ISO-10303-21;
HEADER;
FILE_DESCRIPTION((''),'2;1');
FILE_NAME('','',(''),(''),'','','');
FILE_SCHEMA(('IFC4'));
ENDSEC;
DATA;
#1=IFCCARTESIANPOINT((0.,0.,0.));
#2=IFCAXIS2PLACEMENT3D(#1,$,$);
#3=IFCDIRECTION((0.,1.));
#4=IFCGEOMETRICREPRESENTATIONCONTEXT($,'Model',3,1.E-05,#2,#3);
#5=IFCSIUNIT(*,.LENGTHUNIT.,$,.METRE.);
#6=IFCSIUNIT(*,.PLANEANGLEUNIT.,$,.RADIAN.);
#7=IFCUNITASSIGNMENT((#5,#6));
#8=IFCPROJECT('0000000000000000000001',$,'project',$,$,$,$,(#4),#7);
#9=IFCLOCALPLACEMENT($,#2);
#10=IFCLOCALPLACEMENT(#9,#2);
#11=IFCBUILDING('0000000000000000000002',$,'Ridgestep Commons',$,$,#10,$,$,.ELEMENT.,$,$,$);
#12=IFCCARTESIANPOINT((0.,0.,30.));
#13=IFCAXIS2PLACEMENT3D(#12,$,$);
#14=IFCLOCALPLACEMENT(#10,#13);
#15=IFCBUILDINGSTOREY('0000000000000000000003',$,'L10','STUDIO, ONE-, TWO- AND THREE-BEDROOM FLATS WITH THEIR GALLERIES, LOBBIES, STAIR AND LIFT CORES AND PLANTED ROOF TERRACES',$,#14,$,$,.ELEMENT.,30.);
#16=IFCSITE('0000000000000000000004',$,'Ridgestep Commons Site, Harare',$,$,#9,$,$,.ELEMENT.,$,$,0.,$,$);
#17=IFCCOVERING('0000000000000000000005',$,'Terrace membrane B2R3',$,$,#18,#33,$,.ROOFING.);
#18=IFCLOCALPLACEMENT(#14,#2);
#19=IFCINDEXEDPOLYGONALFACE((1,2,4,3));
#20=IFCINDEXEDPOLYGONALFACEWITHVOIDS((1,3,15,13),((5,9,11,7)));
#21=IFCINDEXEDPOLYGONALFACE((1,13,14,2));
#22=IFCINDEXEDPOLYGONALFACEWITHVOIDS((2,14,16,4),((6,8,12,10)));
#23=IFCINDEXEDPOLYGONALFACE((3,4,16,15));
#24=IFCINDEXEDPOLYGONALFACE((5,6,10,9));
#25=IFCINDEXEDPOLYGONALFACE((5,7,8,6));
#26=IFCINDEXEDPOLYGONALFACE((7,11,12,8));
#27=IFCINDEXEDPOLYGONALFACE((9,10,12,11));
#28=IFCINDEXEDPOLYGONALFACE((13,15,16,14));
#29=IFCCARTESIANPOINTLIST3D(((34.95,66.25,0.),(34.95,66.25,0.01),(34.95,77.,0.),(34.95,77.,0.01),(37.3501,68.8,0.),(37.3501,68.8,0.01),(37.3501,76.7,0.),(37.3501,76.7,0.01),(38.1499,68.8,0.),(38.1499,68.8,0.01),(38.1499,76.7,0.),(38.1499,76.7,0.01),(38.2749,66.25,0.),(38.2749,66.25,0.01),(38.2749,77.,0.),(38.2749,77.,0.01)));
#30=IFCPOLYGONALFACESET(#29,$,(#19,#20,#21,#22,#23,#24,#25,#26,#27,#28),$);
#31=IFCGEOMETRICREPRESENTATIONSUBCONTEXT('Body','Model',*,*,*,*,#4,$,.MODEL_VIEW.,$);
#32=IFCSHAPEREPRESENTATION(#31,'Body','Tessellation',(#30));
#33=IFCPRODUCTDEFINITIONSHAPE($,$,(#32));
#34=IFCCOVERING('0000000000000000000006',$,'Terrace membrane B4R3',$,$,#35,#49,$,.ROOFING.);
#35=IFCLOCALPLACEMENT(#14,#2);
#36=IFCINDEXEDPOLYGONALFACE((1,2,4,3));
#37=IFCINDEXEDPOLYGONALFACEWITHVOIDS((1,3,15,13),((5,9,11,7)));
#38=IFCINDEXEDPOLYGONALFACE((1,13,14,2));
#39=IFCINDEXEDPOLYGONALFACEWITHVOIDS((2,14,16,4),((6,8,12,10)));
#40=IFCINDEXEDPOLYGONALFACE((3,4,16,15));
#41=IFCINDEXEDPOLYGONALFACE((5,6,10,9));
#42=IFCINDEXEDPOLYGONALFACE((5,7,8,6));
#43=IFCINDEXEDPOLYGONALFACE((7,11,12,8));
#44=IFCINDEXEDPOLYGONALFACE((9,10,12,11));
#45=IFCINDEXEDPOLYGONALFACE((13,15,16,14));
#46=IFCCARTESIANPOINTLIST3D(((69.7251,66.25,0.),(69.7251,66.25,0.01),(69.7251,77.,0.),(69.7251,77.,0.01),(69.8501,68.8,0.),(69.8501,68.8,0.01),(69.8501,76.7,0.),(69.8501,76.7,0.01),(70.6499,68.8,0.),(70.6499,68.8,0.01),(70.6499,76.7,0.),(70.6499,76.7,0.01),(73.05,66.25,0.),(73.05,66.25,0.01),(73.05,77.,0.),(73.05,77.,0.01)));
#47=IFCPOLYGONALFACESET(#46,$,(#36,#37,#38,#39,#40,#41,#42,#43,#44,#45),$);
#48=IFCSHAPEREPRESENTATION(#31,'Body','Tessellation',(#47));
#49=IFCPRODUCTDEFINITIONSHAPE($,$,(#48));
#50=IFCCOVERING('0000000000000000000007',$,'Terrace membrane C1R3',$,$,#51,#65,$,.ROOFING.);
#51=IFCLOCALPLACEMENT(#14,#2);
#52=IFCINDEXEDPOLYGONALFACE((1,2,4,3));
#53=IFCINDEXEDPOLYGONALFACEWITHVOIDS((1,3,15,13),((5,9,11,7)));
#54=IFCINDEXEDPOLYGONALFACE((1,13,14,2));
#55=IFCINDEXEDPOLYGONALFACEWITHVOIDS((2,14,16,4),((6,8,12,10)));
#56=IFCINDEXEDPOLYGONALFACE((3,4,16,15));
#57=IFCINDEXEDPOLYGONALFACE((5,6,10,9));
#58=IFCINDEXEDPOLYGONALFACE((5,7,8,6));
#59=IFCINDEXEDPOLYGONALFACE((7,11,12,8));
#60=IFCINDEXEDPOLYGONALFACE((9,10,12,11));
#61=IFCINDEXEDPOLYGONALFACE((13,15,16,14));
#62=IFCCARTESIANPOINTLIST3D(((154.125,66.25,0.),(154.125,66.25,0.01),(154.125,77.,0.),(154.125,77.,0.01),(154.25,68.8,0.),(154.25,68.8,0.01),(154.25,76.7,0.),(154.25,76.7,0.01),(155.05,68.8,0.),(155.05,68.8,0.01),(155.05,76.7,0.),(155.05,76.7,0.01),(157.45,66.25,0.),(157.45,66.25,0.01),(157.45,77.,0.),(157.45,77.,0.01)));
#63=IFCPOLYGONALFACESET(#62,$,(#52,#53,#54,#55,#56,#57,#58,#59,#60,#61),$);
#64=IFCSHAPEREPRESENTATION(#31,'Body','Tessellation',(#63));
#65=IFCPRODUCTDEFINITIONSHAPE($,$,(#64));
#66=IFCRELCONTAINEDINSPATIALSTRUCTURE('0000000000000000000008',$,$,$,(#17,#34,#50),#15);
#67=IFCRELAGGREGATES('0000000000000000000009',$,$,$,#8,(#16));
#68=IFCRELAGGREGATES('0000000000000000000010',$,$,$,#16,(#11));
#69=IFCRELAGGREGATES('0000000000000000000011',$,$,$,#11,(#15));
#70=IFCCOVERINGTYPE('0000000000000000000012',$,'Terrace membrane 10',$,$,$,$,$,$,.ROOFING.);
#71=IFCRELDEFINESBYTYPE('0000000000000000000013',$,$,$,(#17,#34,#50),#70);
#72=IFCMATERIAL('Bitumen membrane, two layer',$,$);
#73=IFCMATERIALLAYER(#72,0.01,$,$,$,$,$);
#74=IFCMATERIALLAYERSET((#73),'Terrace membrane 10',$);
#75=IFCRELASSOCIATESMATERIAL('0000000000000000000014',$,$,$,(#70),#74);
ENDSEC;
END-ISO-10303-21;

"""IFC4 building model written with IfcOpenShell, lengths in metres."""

from ifc_helpers import new_model, si_unit, direction, frame, origin, place, context, subcontext, project, spatial, polyline, outline, extrude, material, layer, layer_set, type_object, element, save


model = new_model("IFC4")

# Units and contexts
model_context = context("Model", 3, precision=1e-05, world=origin(), true_north=direction((0.0, 1.0)))
body_context = subcontext(model_context, "Body", "Model", "MODEL_VIEW")
ifc_project = project(units=[si_unit("LENGTHUNIT", "METRE"), si_unit("PLANEANGLEUNIT", "RADIAN")], contexts=[model_context])

# Site, building, storey
site_placement = place(None, origin())
site = spatial("IfcSite", under=ifc_project, at=site_placement, Name="Ridgestep Commons Site, Harare", CompositionType="ELEMENT", RefElevation=0.0)
building_placement = place(site_placement, origin())
building = spatial("IfcBuilding", under=site, at=building_placement, Name="Ridgestep Commons", CompositionType="ELEMENT")
storey_placement = place(building_placement, frame((0.0, 0.0, 30.0)))
storey = spatial("IfcBuildingStorey", under=building, at=storey_placement, Name="L10", Description="STUDIO, ONE-, TWO- AND THREE-BEDROOM FLATS WITH THEIR GALLERIES, LOBBIES, STAIR AND LIFT CORES AND PLANTED ROOF TERRACES", CompositionType="ELEMENT", Elevation=30.0)

# Coverings
ifc_material_1 = material(Name="Bitumen membrane, two layer")
ifc_layer_1 = layer(ifc_material_1, 0.01)
ifc_layer_set_1 = layer_set([ifc_layer_1], Name="Terrace membrane 10")
covering_type_1 = type_object("IfcCoveringType", Name="Terrace membrane 10", PredefinedType="ROOFING", material=ifc_layer_set_1)
covering_1_placement = place(storey_placement, origin())
element("IfcCovering", 1, at=covering_1_placement, inside=storey, type_object=covering_type_1, Name="Terrace membrane B2R3", PredefinedType="ROOFING", context=body_context, shape_type="SweptSolid", body=[
    extrude(outline(polyline([(38.2749, 66.25), (38.2749, 77.0), (34.95, 77.0), (34.95, 66.25), (38.2749, 66.25)]), holes=[polyline([(38.1499, 68.8), (38.1499, 76.7), (37.3501, 76.7), (37.3501, 68.8), (38.1499, 68.8)])]), origin(), (0.0, 0.0, 1.0), 0.01),
])
covering_2_placement = place(storey_placement, origin())
element("IfcCovering", 2, at=covering_2_placement, inside=storey, type_object=covering_type_1, Name="Terrace membrane B4R3", PredefinedType="ROOFING", context=body_context, shape_type="SweptSolid", body=[
    extrude(outline(polyline([(73.05, 66.25), (73.05, 77.0), (69.7251, 77.0), (69.7251, 66.25), (73.05, 66.25)]), holes=[polyline([(70.6499, 68.8), (70.6499, 76.7), (69.8501, 76.7), (69.8501, 68.8), (70.6499, 68.8)])]), origin(), (0.0, 0.0, 1.0), 0.01),
])
covering_3_placement = place(storey_placement, origin())
element("IfcCovering", 3, at=covering_3_placement, inside=storey, type_object=covering_type_1, Name="Terrace membrane C1R3", PredefinedType="ROOFING", context=body_context, shape_type="SweptSolid", body=[
    extrude(outline(polyline([(157.45, 66.25), (157.45, 77.0), (154.125, 77.0), (154.125, 66.25), (157.45, 66.25)]), holes=[polyline([(155.05, 68.8), (155.05, 76.7), (154.25, 76.7), (154.25, 68.8), (155.05, 68.8)])]), origin(), (0.0, 0.0, 1.0), 0.01),
])

save(model, "model.ifc")
